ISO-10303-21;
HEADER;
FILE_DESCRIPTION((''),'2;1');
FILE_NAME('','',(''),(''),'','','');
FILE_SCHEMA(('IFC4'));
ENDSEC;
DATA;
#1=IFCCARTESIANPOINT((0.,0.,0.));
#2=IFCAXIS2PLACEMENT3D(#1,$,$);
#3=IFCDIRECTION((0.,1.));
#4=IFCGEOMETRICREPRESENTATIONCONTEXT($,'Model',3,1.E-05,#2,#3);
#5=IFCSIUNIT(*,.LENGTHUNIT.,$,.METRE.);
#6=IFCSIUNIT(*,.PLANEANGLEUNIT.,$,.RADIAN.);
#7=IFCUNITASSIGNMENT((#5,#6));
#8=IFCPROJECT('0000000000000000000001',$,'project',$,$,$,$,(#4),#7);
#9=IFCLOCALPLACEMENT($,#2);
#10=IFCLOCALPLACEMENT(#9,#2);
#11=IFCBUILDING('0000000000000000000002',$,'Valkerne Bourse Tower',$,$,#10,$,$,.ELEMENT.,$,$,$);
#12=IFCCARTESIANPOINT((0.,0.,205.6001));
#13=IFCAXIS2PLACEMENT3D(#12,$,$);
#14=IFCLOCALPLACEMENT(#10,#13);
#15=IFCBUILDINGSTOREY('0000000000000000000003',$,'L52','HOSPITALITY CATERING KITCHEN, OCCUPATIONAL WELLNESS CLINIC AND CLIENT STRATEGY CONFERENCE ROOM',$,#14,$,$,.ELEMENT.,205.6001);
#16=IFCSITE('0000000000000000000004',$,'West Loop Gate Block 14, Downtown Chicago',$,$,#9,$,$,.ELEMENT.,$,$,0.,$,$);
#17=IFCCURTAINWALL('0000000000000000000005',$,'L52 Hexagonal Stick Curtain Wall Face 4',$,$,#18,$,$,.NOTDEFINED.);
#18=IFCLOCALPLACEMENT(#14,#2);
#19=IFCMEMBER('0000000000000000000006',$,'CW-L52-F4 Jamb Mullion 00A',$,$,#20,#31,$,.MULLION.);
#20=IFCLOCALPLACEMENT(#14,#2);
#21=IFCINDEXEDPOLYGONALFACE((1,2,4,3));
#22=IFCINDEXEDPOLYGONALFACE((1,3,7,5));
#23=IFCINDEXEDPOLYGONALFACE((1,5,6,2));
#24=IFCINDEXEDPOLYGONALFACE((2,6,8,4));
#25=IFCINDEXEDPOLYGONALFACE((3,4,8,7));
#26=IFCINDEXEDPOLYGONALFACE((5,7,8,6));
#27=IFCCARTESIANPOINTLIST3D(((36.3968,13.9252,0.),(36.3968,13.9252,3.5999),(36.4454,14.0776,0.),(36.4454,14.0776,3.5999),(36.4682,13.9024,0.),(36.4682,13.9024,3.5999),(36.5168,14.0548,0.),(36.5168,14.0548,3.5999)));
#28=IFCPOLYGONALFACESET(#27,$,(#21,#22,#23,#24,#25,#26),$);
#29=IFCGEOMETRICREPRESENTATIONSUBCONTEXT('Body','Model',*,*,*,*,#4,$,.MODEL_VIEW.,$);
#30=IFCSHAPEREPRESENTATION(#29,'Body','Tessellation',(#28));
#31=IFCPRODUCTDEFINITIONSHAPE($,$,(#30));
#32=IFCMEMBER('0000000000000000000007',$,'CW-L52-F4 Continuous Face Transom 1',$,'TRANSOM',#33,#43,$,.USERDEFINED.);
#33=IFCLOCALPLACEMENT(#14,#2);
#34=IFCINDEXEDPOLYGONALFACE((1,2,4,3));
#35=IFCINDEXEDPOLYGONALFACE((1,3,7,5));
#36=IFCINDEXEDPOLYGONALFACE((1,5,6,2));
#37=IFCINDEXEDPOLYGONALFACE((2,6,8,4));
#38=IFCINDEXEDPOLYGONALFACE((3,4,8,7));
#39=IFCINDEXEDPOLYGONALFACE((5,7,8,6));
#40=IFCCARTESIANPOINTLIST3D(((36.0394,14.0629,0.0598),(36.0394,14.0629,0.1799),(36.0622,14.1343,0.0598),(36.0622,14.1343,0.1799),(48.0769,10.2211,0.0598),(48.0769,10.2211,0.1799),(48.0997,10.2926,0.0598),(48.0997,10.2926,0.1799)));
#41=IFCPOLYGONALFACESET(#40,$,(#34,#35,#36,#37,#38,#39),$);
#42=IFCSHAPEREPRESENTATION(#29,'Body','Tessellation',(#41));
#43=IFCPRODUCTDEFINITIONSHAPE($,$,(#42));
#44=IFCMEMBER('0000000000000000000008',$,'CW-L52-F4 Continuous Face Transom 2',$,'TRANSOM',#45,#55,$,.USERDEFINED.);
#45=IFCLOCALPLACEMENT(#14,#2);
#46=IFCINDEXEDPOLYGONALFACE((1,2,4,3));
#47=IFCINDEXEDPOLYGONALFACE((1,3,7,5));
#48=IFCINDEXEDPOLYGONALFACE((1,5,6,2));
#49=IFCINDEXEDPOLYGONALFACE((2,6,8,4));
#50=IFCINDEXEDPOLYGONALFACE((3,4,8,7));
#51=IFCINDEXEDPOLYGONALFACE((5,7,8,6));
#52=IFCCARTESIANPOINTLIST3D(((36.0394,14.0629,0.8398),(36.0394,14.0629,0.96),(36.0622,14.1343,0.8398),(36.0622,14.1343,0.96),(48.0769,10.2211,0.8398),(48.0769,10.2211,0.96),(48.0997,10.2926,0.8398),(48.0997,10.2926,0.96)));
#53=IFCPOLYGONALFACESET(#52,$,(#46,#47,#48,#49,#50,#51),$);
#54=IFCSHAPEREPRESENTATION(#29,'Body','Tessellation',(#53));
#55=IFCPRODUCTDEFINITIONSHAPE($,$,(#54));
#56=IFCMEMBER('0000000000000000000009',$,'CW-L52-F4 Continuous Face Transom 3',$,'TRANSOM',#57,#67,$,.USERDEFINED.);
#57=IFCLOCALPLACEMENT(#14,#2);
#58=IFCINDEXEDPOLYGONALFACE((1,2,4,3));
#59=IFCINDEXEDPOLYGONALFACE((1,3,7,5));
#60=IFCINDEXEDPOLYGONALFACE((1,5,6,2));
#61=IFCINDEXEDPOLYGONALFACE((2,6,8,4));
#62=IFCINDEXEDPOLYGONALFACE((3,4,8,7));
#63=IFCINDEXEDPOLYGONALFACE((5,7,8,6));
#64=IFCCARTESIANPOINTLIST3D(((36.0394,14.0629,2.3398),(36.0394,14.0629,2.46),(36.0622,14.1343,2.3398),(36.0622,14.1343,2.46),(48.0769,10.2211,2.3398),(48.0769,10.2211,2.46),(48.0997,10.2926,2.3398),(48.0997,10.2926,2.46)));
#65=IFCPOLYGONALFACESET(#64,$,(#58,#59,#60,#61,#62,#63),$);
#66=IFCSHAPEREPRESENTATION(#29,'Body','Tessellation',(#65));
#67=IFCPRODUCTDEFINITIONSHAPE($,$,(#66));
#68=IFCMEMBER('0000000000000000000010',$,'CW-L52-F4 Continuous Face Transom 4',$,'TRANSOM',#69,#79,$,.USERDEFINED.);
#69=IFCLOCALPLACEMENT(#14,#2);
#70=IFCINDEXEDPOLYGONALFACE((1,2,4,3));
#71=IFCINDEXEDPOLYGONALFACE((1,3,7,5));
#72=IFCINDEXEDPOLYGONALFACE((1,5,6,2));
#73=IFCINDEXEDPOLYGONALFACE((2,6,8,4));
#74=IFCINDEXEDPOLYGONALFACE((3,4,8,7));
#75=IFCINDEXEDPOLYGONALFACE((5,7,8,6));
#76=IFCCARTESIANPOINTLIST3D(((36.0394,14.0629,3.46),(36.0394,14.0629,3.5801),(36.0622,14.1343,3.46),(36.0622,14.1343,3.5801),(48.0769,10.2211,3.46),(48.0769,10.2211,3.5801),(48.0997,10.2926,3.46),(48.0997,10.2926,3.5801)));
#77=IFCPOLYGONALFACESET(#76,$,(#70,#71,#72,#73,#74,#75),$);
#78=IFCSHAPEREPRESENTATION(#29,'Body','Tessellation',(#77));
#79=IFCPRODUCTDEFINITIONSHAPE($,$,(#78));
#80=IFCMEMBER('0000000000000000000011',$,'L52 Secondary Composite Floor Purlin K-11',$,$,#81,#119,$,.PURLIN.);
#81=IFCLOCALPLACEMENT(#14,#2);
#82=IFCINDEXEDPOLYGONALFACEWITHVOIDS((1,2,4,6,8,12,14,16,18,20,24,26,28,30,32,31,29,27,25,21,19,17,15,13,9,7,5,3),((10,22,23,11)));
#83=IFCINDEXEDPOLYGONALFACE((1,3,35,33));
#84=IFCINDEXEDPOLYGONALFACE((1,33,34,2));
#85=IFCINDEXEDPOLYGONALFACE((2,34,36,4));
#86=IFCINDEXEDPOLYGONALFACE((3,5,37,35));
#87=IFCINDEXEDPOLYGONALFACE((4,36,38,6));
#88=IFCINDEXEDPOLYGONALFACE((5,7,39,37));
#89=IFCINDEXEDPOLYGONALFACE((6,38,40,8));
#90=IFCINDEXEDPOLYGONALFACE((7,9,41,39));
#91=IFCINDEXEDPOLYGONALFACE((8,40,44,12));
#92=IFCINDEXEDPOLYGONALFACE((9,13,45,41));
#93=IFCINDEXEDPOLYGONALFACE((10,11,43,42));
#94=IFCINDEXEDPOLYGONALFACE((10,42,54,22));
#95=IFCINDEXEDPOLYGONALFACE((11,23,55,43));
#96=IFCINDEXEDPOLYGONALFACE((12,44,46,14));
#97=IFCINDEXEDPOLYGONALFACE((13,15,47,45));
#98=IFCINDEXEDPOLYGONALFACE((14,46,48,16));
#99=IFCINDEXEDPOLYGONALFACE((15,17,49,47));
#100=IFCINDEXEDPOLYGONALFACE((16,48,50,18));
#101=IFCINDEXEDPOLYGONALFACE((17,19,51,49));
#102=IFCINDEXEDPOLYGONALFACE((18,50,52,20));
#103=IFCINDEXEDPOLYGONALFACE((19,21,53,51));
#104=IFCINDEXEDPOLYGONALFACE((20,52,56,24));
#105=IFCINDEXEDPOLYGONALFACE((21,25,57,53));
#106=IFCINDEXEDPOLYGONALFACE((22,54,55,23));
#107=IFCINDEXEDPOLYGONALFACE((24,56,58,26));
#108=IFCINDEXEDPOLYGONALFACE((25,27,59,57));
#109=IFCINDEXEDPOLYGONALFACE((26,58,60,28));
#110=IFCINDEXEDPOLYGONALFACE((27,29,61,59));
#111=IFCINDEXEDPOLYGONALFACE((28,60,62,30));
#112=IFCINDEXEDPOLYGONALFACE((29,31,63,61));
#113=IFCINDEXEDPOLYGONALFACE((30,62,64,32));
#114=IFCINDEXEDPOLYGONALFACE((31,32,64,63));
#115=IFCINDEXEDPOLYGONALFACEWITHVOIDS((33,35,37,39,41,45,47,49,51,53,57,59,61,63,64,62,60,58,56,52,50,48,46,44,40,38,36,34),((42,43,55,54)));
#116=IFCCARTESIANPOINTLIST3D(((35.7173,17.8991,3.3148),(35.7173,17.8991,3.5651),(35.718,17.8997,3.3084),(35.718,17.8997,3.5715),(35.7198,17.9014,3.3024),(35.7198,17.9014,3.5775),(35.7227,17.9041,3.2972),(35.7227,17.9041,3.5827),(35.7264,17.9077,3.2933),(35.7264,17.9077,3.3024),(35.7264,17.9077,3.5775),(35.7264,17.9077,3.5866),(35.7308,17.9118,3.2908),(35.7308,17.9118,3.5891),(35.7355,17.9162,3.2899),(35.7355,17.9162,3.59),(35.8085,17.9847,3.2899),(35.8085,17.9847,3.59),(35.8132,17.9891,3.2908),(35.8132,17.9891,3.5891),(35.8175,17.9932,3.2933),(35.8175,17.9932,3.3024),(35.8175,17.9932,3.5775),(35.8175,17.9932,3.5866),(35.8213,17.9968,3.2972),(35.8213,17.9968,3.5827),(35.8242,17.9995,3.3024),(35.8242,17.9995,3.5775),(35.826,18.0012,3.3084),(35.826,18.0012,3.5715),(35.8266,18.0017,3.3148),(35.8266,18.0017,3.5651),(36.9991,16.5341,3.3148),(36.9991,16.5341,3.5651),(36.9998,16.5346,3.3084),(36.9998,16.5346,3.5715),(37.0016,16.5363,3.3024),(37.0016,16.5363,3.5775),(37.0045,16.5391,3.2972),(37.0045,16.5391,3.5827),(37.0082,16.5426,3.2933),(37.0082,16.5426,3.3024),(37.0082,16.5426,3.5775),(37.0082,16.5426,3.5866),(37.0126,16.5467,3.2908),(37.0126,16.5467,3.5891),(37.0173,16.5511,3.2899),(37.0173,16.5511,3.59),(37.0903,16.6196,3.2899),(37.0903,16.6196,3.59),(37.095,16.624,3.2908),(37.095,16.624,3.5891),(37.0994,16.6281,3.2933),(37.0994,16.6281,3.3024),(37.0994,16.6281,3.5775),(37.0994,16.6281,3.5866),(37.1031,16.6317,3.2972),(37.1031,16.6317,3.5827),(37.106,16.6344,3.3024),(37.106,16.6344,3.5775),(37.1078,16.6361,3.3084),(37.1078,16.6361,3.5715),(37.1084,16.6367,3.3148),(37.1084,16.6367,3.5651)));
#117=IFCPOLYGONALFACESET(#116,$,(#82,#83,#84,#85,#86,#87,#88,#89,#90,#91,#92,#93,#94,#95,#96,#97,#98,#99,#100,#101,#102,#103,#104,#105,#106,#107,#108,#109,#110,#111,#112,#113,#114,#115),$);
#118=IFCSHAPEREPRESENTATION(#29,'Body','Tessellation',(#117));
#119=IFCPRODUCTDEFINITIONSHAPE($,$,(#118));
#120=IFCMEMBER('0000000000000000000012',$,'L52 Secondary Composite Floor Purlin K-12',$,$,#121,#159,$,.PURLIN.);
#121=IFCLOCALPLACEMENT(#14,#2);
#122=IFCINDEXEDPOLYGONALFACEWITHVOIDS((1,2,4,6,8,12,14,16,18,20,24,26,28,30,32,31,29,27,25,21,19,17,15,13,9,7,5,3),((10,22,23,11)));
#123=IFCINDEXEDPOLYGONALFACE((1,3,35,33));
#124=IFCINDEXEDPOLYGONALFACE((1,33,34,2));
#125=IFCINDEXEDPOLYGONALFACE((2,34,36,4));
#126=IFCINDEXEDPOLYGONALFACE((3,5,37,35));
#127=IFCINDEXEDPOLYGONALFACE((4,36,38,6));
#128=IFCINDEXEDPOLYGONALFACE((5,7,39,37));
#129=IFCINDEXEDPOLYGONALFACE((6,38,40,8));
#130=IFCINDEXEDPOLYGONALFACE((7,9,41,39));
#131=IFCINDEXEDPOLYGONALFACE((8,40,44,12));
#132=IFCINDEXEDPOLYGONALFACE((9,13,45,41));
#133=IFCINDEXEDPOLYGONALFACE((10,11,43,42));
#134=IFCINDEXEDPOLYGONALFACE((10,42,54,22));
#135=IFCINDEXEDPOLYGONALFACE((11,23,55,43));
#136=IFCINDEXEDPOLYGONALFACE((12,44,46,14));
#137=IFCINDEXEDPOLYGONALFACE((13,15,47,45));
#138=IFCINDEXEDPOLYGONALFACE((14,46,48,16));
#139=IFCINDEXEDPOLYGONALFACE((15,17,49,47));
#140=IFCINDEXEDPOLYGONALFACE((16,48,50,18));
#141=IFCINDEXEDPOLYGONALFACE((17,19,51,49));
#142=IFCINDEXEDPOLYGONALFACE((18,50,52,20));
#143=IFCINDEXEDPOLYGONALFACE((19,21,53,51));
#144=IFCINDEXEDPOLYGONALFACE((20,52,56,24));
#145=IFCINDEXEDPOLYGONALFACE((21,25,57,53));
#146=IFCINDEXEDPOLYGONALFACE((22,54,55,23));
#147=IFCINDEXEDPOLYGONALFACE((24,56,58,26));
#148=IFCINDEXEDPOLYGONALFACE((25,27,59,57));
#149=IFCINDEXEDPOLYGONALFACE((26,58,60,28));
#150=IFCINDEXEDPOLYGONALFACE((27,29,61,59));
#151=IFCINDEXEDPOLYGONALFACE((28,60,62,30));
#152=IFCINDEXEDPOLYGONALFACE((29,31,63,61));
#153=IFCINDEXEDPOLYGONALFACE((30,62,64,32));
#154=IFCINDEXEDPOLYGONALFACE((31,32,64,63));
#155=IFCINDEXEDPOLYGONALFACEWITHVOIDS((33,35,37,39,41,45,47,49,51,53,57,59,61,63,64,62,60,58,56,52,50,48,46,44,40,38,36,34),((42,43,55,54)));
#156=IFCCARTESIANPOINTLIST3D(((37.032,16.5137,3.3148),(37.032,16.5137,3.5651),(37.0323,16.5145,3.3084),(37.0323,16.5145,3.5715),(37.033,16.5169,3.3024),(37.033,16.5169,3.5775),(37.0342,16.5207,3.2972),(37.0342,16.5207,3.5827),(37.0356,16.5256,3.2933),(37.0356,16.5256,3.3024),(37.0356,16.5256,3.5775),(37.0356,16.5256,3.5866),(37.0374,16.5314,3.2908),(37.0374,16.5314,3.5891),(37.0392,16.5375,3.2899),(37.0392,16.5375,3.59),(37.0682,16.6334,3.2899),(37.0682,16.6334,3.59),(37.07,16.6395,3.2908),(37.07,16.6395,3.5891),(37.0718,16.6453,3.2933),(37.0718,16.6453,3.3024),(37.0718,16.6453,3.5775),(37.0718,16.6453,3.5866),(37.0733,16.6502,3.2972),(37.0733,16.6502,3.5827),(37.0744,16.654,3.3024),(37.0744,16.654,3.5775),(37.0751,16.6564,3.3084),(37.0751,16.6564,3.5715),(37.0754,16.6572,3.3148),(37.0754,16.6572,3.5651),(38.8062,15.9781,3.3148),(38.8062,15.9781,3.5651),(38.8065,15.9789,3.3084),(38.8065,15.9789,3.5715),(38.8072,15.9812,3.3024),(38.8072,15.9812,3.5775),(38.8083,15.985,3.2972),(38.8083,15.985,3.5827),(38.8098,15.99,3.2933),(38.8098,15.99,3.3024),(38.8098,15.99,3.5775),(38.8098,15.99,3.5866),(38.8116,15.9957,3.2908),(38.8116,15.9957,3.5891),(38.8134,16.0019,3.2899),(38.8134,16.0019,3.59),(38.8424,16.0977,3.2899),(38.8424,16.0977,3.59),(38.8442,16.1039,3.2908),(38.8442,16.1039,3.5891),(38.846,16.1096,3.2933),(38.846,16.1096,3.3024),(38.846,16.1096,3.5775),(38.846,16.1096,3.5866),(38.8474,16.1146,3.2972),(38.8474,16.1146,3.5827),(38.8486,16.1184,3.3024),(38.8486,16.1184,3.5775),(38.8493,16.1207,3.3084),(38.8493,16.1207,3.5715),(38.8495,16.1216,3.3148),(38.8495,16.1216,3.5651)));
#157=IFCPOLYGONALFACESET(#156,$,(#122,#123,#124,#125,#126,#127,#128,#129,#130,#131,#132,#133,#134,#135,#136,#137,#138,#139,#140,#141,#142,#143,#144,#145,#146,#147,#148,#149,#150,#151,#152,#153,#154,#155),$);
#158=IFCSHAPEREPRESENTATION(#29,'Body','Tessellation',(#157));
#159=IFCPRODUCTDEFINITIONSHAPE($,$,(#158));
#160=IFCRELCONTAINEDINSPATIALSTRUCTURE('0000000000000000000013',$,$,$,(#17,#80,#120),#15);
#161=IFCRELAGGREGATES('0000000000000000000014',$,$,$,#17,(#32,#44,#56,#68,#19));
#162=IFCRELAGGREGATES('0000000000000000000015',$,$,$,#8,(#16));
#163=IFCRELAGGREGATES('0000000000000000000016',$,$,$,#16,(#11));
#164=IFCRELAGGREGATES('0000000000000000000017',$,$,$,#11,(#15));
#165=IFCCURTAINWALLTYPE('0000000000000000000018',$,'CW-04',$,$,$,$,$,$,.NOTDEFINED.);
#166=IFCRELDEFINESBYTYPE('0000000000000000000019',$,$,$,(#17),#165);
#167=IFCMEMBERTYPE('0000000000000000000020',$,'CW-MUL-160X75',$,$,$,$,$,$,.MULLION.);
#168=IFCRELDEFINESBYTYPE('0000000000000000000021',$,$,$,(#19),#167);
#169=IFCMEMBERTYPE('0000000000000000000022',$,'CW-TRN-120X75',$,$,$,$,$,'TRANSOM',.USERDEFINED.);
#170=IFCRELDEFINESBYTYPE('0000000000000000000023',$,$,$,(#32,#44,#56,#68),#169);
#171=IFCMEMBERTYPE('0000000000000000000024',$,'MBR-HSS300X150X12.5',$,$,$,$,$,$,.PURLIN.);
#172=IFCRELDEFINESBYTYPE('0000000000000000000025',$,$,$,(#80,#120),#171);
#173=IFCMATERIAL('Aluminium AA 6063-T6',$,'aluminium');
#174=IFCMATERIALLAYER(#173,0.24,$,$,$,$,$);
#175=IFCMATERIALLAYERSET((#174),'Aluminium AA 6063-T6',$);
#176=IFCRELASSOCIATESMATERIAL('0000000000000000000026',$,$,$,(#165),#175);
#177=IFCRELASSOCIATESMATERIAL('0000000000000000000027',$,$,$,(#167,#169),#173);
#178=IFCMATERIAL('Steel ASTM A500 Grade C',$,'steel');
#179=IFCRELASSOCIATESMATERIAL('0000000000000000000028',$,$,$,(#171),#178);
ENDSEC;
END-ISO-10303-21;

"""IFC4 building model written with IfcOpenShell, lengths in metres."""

from ifc_helpers import new_model, si_unit, direction, frame, origin, origin_2d, place, context, subcontext, project, spatial, rectangle, hollow_rectangle, extrude, material, layer, layer_set, material_profile, profile_set, type_object, element, aggregate, save


model = new_model("IFC4")

# Units and contexts
model_context = context("Model", 3, precision=1e-05, world=origin(), true_north=direction((0.0, 1.0)))
body_context = subcontext(model_context, "Body", "Model", "MODEL_VIEW")
ifc_project = project(units=[si_unit("LENGTHUNIT", "METRE"), si_unit("PLANEANGLEUNIT", "RADIAN")], contexts=[model_context])

# Site, building, storey
site_placement = place(None, origin())
site = spatial("IfcSite", under=ifc_project, at=site_placement, Name="West Loop Gate Block 14, Downtown Chicago", CompositionType="ELEMENT", RefElevation=0.0)
building_placement = place(site_placement, origin())
building = spatial("IfcBuilding", under=site, at=building_placement, Name="Valkerne Bourse Tower", CompositionType="ELEMENT")
storey_placement = place(building_placement, frame((0.0, 0.0, 205.6001)))
storey = spatial("IfcBuildingStorey", under=building, at=storey_placement, Name="L52", Description="HOSPITALITY CATERING KITCHEN, OCCUPATIONAL WELLNESS CLINIC AND CLIENT STRATEGY CONFERENCE ROOM", CompositionType="ELEMENT", Elevation=205.6001)

# Curtain wall, members
ifc_material_1 = material(Name="Aluminium AA 6063-T6", Category="aluminium")
ifc_layer_1 = layer(ifc_material_1, 0.24)
ifc_layer_set_1 = layer_set([ifc_layer_1], Name="Aluminium AA 6063-T6")
curtain_wall_type = type_object("IfcCurtainWallType", Name="CW-04", PredefinedType="NOTDEFINED", material=ifc_layer_set_1)
curtain_wall_placement = place(storey_placement, origin())
curtain_wall = element("IfcCurtainWall", 1, at=curtain_wall_placement, inside=storey, type_object=curtain_wall_type, Name="L52 Hexagonal Stick Curtain Wall Face 4", PredefinedType="NOTDEFINED")
ifc_material_profile_1 = material_profile(ifc_material_1, rectangle(XDim=0.075, YDim=0.1599, at=origin_2d()), Name="CWM-75X160")
ifc_profile_set_1 = profile_set([ifc_material_profile_1], Name="Aluminium AA 6063-T6")
member_type_1 = type_object("IfcMemberType", Name="CW-MUL-160X75", PredefinedType="MULLION", material=ifc_profile_set_1)
member_1_placement = place(storey_placement, frame((36.4568, 13.99, 0.0), z_axis=(0.0, 0.0, 1.0), x_axis=(0.95266, -0.304037, 0.0)))
member_1 = element("IfcMember", 2, at=member_1_placement, type_object=member_type_1, Name="CW-L52-F4 Jamb Mullion 00A", PredefinedType="MULLION", context=body_context, shape_type="SweptSolid", body=[
    extrude(rectangle(XDim=0.075, YDim=0.1599, at=origin_2d()), origin(), (0.0, 0.0, 1.0), 3.5999),
])
ifc_material_profile_2 = material_profile(ifc_material_1, rectangle(XDim=0.075, YDim=0.1201, at=origin_2d()), Name="CWT-75X120")
ifc_profile_set_2 = profile_set([ifc_material_profile_2], Name="Aluminium AA 6063-T6")
member_type_2 = type_object("IfcMemberType", Name="CW-TRN-120X75", ElementType="TRANSOM", PredefinedType="USERDEFINED", material=ifc_profile_set_2)
member_2_placement = place(storey_placement, frame((36.0508, 14.0986, 0.1199), z_axis=(0.952659, -0.304041, 0.0), x_axis=(0.304041, 0.952659, 0.0)))
member_2 = element("IfcMember", 3, at=member_2_placement, type_object=member_type_2, Name="CW-L52-F4 Continuous Face Transom 1", ObjectType="TRANSOM", PredefinedType="USERDEFINED", context=body_context, shape_type="SweptSolid", body=[
    extrude(rectangle(XDim=0.075, YDim=0.1201, at=origin_2d()), origin(), (0.0, 0.0, 1.0), 12.6357),
])
member_3_placement = place(storey_placement, frame((36.0508, 14.0986, 0.8999), z_axis=(0.952659, -0.304041, 0.0), x_axis=(0.304041, 0.952659, 0.0)))
member_3 = element("IfcMember", 4, at=member_3_placement, type_object=member_type_2, Name="CW-L52-F4 Continuous Face Transom 2", ObjectType="TRANSOM", PredefinedType="USERDEFINED", context=body_context, shape_type="SweptSolid", body=[
    extrude(rectangle(XDim=0.075, YDim=0.1201, at=origin_2d()), origin(), (0.0, 0.0, 1.0), 12.6357),
])
member_4_placement = place(storey_placement, frame((36.0508, 14.0986, 2.3999), z_axis=(0.952659, -0.304041, 0.0), x_axis=(0.304041, 0.952659, 0.0)))
member_4 = element("IfcMember", 5, at=member_4_placement, type_object=member_type_2, Name="CW-L52-F4 Continuous Face Transom 3", ObjectType="TRANSOM", PredefinedType="USERDEFINED", context=body_context, shape_type="SweptSolid", body=[
    extrude(rectangle(XDim=0.075, YDim=0.1201, at=origin_2d()), origin(), (0.0, 0.0, 1.0), 12.6357),
])
member_5_placement = place(storey_placement, frame((36.0508, 14.0986, 3.52), z_axis=(0.952659, -0.304041, 0.0), x_axis=(0.304041, 0.952659, 0.0)))
member_5 = element("IfcMember", 6, at=member_5_placement, type_object=member_type_2, Name="CW-L52-F4 Continuous Face Transom 4", ObjectType="TRANSOM", PredefinedType="USERDEFINED", context=body_context, shape_type="SweptSolid", body=[
    extrude(rectangle(XDim=0.075, YDim=0.1201, at=origin_2d()), origin(), (0.0, 0.0, 1.0), 12.6357),
])

# Members
ifc_material_2 = material(Name="Steel ASTM A500 Grade C", Category="steel")
ifc_material_profile_3 = material_profile(ifc_material_2, hollow_rectangle(XDim=0.1499, YDim=0.3, WallThickness=0.0125, OuterFilletRadius=0.0249, at=origin_2d()), Name="HSS300X150X12.5")
ifc_profile_set_3 = profile_set([ifc_material_profile_3], Name="Steel ASTM A500 Grade C")
member_type_3 = type_object("IfcMemberType", Name="MBR-HSS300X150X12.5", PredefinedType="PURLIN", material=ifc_profile_set_3)
member_6_placement = place(storey_placement, frame((35.772, 17.9504, 3.4399), z_axis=(0.684526, -0.728988, 0.0), x_axis=(0.728988, 0.684526, 0.0)))
element("IfcMember", 7, at=member_6_placement, inside=storey, type_object=member_type_3, Name="L52 Secondary Composite Floor Purlin K-11", PredefinedType="PURLIN", context=body_context, shape_type="SweptSolid", body=[
    extrude(hollow_rectangle(XDim=0.1499, YDim=0.3, WallThickness=0.0125, OuterFilletRadius=0.0249, at=origin_2d()), origin(), (0.0, 0.0, 1.0), 1.8726),
])
member_7_placement = place(storey_placement, frame((37.0537, 16.5854, 3.4399), z_axis=(0.957321, -0.289027, 0.0), x_axis=(0.289027, 0.957321, 0.0)))
element("IfcMember", 8, at=member_7_placement, inside=storey, type_object=member_type_3, Name="L52 Secondary Composite Floor Purlin K-12", PredefinedType="PURLIN", context=body_context, shape_type="SweptSolid", body=[
    extrude(hollow_rectangle(XDim=0.1499, YDim=0.3, WallThickness=0.0125, OuterFilletRadius=0.0249, at=origin_2d()), origin(), (0.0, 0.0, 1.0), 1.8533),
])

aggregate(curtain_wall, [member_2, member_3, member_4, member_5, member_1])

save(model, "model.ifc")
